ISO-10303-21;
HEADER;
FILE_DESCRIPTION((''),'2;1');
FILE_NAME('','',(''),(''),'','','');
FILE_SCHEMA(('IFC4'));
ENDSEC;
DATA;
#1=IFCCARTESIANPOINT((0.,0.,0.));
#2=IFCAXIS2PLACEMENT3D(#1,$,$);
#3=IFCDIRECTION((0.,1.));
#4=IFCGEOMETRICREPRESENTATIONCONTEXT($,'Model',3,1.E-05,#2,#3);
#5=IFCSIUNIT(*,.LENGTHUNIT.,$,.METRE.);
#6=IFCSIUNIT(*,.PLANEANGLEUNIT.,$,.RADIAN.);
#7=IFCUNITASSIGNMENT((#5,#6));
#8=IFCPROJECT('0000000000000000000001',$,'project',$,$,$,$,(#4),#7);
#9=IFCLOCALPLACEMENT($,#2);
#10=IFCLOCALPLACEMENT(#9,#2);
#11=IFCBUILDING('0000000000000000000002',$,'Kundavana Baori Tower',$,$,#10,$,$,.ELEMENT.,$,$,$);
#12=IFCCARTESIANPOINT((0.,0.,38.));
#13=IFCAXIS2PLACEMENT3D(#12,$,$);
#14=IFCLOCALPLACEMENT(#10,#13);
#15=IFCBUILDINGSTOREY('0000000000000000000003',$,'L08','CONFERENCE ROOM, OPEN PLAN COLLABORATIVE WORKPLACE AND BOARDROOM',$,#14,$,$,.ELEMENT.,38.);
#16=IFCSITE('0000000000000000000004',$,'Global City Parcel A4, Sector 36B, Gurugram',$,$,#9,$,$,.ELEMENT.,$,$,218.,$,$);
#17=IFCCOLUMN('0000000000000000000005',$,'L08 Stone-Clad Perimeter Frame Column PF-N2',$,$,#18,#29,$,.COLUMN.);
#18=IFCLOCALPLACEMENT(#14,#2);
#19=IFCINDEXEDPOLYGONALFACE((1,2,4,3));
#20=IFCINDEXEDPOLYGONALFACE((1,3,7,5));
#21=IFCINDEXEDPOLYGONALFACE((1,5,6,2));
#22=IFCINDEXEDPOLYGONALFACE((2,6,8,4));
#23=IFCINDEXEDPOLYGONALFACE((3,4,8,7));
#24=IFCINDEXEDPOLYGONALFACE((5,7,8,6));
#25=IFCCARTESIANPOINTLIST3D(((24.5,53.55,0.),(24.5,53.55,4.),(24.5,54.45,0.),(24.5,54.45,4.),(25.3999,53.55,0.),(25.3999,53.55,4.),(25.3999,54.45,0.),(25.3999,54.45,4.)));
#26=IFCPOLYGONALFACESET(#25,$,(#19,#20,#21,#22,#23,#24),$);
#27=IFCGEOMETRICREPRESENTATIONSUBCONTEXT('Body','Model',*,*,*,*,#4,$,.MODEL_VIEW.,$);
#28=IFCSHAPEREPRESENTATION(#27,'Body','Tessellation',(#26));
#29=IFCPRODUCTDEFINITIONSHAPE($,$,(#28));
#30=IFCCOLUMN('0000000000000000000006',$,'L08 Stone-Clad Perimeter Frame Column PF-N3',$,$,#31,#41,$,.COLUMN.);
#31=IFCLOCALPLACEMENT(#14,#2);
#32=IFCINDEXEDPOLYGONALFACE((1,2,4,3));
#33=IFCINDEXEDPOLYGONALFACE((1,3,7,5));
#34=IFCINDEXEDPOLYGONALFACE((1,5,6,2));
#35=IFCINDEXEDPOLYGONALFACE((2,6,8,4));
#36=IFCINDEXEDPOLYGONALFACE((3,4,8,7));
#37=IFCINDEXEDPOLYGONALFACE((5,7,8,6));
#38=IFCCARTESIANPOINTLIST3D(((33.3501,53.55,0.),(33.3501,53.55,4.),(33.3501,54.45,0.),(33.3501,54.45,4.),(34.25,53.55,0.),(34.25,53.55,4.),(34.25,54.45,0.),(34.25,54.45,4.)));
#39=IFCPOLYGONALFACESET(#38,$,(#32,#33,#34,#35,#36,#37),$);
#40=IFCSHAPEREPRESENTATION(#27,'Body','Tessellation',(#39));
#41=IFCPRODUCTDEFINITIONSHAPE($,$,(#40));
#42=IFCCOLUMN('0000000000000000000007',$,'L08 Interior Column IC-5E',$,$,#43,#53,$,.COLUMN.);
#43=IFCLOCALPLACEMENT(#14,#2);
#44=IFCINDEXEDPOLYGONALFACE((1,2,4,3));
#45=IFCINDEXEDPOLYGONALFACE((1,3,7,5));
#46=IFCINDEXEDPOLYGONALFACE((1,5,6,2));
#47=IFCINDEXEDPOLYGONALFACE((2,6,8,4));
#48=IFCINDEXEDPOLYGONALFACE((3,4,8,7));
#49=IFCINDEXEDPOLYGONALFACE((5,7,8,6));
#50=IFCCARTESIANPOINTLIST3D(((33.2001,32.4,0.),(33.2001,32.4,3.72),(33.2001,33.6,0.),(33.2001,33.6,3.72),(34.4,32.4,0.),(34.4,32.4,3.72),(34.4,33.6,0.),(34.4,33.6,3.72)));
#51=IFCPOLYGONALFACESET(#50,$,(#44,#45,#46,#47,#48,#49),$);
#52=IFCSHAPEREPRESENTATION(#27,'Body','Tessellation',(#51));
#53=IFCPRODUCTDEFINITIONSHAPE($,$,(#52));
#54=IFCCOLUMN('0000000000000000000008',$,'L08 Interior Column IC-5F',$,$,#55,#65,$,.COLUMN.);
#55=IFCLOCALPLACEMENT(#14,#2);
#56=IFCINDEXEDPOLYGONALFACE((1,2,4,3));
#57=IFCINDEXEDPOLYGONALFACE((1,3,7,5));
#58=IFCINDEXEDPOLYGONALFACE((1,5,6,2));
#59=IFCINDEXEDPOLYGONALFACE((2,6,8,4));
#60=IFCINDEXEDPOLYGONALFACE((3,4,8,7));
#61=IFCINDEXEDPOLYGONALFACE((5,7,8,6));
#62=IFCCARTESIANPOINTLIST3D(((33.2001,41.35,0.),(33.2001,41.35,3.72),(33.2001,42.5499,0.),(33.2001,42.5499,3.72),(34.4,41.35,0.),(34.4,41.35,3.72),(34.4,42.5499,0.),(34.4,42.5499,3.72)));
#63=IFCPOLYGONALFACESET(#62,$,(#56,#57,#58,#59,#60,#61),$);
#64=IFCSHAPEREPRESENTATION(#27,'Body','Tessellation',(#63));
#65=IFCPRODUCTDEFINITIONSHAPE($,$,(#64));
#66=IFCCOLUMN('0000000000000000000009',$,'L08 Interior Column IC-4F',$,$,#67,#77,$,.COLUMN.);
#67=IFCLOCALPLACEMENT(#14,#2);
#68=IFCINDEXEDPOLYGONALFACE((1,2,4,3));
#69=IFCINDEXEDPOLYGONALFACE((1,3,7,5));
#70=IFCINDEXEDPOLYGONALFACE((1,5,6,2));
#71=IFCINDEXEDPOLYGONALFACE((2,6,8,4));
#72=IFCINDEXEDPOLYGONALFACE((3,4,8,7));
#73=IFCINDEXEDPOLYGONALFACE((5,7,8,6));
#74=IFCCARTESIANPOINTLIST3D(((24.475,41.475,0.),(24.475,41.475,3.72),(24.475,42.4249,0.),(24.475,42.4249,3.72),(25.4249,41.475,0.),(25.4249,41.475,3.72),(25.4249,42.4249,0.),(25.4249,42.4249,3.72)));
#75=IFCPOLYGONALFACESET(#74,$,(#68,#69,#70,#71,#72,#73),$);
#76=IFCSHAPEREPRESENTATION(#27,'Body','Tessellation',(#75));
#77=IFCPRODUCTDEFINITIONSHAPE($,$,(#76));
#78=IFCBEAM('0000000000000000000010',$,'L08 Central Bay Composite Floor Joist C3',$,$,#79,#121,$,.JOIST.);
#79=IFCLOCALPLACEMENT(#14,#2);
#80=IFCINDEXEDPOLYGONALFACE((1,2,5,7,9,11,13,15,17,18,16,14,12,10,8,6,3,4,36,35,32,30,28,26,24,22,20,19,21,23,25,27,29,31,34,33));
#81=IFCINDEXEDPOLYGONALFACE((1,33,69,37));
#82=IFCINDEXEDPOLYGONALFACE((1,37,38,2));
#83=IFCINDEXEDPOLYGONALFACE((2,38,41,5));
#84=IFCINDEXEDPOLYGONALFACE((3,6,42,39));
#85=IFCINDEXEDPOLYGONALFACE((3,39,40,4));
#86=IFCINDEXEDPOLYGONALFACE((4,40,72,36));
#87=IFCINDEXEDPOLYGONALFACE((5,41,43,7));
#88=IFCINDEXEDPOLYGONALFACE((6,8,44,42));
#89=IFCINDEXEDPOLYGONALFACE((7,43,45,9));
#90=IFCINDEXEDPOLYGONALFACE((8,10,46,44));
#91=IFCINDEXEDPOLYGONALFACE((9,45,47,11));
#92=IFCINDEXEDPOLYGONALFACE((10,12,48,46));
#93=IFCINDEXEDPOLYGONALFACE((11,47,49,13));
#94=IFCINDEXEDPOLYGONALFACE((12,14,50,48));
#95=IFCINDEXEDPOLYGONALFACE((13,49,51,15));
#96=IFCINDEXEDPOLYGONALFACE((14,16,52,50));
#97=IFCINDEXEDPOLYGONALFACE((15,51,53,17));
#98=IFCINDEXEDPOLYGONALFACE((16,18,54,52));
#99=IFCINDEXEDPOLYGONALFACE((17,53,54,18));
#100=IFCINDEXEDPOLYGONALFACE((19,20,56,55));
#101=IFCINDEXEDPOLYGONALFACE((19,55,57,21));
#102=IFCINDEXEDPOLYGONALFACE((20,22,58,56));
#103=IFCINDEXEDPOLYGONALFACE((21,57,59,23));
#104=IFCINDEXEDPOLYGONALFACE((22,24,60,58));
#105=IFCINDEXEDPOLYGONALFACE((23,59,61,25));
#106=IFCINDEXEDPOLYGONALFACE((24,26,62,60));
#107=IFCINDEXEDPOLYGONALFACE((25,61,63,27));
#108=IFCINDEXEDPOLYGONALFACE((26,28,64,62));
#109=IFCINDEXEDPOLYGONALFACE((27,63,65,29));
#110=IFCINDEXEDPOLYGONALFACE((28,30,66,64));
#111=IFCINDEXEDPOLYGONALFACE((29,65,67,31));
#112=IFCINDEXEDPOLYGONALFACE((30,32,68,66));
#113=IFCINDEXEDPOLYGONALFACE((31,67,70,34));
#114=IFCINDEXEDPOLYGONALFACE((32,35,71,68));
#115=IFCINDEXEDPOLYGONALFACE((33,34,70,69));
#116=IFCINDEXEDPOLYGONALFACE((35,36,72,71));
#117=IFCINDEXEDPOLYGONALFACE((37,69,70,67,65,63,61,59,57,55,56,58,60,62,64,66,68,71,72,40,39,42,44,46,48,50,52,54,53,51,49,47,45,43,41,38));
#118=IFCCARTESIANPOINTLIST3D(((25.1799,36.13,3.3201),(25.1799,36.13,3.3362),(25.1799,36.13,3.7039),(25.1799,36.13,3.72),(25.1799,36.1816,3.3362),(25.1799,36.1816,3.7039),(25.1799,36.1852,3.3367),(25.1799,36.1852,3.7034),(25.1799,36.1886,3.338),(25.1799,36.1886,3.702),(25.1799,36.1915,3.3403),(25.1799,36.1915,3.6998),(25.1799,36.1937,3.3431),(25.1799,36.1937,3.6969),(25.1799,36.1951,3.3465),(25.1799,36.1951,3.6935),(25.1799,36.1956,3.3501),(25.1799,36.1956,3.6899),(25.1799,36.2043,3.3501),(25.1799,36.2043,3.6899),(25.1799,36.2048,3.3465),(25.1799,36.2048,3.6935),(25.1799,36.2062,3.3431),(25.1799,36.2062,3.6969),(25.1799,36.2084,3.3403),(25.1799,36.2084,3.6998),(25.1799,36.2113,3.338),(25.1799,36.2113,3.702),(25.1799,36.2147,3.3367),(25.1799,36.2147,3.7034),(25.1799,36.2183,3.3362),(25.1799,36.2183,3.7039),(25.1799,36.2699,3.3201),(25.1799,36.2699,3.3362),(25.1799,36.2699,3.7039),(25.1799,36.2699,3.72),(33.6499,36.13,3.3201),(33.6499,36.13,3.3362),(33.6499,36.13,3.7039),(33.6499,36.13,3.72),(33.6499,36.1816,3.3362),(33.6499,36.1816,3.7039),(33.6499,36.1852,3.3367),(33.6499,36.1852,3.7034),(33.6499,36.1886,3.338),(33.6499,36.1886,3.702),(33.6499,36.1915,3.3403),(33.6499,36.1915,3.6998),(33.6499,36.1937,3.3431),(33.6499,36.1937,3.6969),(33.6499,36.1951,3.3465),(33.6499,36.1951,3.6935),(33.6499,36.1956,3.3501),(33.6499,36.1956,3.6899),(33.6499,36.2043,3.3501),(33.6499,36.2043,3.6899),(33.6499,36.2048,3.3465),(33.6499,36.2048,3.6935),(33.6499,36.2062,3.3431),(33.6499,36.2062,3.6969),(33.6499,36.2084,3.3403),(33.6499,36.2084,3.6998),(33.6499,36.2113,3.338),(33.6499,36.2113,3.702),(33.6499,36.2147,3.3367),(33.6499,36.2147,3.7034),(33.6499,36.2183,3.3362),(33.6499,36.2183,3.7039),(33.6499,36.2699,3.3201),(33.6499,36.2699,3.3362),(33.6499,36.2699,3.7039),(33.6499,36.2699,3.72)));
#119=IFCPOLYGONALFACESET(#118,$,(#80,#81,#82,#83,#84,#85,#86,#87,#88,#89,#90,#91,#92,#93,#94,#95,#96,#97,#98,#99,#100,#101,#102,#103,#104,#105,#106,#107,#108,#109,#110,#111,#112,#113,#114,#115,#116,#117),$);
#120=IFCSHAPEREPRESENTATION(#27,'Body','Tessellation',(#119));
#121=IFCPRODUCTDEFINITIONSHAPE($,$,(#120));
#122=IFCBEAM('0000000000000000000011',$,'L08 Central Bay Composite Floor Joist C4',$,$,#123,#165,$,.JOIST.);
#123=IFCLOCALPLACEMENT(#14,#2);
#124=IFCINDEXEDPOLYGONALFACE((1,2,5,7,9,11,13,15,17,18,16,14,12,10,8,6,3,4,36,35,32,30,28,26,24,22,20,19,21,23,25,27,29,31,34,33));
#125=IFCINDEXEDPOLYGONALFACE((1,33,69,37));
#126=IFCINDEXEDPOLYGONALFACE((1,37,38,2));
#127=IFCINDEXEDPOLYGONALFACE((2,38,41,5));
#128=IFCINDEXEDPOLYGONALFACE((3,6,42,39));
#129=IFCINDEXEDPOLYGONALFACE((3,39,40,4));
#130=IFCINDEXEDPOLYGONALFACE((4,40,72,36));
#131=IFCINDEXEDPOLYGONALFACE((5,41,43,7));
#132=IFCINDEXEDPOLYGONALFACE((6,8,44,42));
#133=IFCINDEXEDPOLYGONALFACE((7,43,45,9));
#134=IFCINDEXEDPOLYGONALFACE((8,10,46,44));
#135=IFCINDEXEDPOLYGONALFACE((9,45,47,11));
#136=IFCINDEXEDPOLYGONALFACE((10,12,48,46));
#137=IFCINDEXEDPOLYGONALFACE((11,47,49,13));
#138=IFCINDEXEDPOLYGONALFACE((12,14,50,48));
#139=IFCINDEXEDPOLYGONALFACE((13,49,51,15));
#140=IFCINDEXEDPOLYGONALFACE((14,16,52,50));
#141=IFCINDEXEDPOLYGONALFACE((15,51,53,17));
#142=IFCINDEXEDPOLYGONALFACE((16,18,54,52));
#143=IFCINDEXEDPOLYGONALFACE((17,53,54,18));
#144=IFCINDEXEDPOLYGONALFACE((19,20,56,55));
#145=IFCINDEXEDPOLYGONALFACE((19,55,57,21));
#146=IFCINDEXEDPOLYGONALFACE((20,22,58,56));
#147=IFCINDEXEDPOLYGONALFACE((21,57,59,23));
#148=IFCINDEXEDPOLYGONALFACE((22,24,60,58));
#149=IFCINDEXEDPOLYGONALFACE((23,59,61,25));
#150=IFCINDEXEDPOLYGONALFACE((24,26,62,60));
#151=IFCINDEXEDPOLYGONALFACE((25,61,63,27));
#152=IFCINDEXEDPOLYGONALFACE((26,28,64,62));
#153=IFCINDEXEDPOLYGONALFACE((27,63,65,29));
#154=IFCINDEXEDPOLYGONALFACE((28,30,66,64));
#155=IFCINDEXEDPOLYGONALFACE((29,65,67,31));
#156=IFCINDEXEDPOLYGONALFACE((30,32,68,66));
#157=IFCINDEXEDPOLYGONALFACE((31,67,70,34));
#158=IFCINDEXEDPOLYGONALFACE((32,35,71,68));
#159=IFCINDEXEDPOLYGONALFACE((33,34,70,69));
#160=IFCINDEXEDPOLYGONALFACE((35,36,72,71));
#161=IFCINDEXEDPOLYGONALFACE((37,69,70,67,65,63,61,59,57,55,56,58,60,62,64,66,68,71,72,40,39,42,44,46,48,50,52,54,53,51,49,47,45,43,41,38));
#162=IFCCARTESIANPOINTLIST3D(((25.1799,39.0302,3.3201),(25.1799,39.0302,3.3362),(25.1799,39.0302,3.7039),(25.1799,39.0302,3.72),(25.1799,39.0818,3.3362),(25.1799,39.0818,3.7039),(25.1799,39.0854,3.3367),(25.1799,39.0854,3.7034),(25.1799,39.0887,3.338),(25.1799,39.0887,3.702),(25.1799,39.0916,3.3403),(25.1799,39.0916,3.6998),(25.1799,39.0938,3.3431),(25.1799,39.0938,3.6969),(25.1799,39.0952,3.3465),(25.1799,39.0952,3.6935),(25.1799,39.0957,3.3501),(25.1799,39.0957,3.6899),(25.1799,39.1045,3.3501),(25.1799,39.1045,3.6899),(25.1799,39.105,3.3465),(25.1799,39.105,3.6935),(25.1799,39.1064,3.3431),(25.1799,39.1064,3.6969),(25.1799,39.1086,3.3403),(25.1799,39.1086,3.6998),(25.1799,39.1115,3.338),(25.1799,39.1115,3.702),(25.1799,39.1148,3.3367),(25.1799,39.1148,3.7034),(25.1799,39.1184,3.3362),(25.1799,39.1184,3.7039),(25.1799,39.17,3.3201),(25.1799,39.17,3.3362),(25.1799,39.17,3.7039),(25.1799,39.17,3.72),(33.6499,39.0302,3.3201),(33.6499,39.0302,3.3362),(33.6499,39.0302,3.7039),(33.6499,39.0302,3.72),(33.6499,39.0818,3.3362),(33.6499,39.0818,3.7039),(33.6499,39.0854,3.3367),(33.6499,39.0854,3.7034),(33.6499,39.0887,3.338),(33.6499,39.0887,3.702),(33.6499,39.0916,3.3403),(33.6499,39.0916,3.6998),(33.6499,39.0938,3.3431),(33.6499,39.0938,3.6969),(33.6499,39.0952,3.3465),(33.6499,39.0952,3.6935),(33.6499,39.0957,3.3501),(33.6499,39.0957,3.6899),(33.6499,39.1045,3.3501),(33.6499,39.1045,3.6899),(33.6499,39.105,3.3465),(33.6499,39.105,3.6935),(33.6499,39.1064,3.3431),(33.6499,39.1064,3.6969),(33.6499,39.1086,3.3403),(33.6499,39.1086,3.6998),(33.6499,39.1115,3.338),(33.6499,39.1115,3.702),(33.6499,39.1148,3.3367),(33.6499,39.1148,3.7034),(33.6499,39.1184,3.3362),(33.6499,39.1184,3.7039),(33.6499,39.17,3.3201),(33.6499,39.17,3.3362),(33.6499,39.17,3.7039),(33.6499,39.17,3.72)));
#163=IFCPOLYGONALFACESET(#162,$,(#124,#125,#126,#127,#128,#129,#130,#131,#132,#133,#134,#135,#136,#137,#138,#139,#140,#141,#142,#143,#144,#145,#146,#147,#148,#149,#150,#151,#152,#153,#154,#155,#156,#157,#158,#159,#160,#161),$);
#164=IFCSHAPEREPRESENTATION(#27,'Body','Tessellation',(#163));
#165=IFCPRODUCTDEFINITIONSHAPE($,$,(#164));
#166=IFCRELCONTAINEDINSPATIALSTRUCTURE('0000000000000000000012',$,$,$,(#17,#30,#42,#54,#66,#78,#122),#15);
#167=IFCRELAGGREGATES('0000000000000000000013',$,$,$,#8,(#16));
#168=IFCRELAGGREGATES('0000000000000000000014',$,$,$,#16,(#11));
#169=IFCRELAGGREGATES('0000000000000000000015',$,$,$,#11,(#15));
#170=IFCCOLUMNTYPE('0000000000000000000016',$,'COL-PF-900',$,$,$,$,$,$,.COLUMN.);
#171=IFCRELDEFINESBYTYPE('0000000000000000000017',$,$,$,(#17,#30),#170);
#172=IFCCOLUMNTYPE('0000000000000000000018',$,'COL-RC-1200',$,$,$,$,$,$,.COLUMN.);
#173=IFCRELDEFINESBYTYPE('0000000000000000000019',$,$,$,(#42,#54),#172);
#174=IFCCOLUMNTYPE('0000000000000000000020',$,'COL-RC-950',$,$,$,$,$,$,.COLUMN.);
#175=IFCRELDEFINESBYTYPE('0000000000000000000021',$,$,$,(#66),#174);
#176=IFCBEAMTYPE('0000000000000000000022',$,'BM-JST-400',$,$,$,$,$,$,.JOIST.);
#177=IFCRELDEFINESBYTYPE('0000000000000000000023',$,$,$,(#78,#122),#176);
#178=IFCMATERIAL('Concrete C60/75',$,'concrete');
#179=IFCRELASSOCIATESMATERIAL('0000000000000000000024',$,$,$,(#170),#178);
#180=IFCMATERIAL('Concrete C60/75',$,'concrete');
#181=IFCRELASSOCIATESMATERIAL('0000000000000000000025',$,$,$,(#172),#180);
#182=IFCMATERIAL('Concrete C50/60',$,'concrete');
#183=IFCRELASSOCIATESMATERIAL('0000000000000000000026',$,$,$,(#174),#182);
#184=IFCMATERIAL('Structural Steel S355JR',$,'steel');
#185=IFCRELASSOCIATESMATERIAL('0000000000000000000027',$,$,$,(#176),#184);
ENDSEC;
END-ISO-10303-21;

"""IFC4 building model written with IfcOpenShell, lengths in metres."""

from ifc_helpers import new_model, si_unit, direction, frame, origin, origin_2d, place, context, subcontext, project, spatial, rectangle, i_section, extrude, material, material_profile, profile_set, type_object, element, save


model = new_model("IFC4")

# Units and contexts
model_context = context("Model", 3, precision=1e-05, world=origin(), true_north=direction((0.0, 1.0)))
body_context = subcontext(model_context, "Body", "Model", "MODEL_VIEW")
ifc_project = project(units=[si_unit("LENGTHUNIT", "METRE"), si_unit("PLANEANGLEUNIT", "RADIAN")], contexts=[model_context])

# Site, building, storey
site_placement = place(None, origin())
site = spatial("IfcSite", under=ifc_project, at=site_placement, Name="Global City Parcel A4, Sector 36B, Gurugram", CompositionType="ELEMENT", RefElevation=218.0)
building_placement = place(site_placement, origin())
building = spatial("IfcBuilding", under=site, at=building_placement, Name="Kundavana Baori Tower", CompositionType="ELEMENT")
storey_placement = place(building_placement, frame((0.0, 0.0, 38.0)))
storey = spatial("IfcBuildingStorey", under=building, at=storey_placement, Name="L08", Description="CONFERENCE ROOM, OPEN PLAN COLLABORATIVE WORKPLACE AND BOARDROOM", CompositionType="ELEMENT", Elevation=38.0)

# Columns
ifc_material_1 = material(Name="Concrete C60/75", Category="concrete")
ifc_material_profile_1 = material_profile(ifc_material_1, rectangle(XDim=0.8999, YDim=0.8999, at=origin_2d()), Name="RC PF 900x900")
ifc_profile_set_1 = profile_set([ifc_material_profile_1], Name="Concrete C60/75")
column_type_1 = type_object("IfcColumnType", Name="COL-PF-900", PredefinedType="COLUMN", material=ifc_profile_set_1)
for number, where, z_axis, x_axis, name in (
    (1, (24.95, 54.0, 0.0), (0.0, 0.0, 1.0), (1.0, 0.0, 0.0), "L08 Stone-Clad Perimeter Frame Column PF-N2"),
    (2, (33.8, 54.0, 0.0), (0.0, 0.0, 1.0), (1.0, 0.0, 0.0), "L08 Stone-Clad Perimeter Frame Column PF-N3"),
):
    element("IfcColumn", number, at=place(storey_placement, frame(where, z_axis=z_axis, x_axis=x_axis)), inside=storey, type_object=column_type_1, Name=name, PredefinedType="COLUMN", context=body_context, shape_type="SweptSolid", body=[
        extrude(rectangle(XDim=0.8999, YDim=0.8999, at=origin_2d()), origin(), (0.0, 0.0, 1.0), 4.0),
    ])
ifc_material_2 = material(Name="Concrete C60/75", Category="concrete")
ifc_material_profile_2 = material_profile(ifc_material_2, rectangle(XDim=1.2, YDim=1.2, at=origin_2d()), Name="RC 1200x1200")
ifc_profile_set_2 = profile_set([ifc_material_profile_2], Name="Concrete C60/75")
column_type_2 = type_object("IfcColumnType", Name="COL-RC-1200", PredefinedType="COLUMN", material=ifc_profile_set_2)
for number, where, z_axis, x_axis, name in (
    (3, (33.8, 33.0, 0.0), (0.0, 0.0, 1.0), (1.0, 0.0, 0.0), "L08 Interior Column IC-5E"),
    (4, (33.8, 41.95, 0.0), (0.0, 0.0, 1.0), (1.0, 0.0, 0.0), "L08 Interior Column IC-5F"),
):
    element("IfcColumn", number, at=place(storey_placement, frame(where, z_axis=z_axis, x_axis=x_axis)), inside=storey, type_object=column_type_2, Name=name, PredefinedType="COLUMN", context=body_context, shape_type="SweptSolid", body=[
        extrude(rectangle(XDim=1.2, YDim=1.2, at=origin_2d()), origin(), (0.0, 0.0, 1.0), 3.72),
    ])
ifc_material_3 = material(Name="Concrete C50/60", Category="concrete")
ifc_material_profile_3 = material_profile(ifc_material_3, rectangle(XDim=0.95, YDim=0.95, at=origin_2d()), Name="RC 950x950")
ifc_profile_set_3 = profile_set([ifc_material_profile_3], Name="Concrete C50/60")
column_type_3 = type_object("IfcColumnType", Name="COL-RC-950", PredefinedType="COLUMN", material=ifc_profile_set_3)
column_placement = place(storey_placement, frame((24.95, 41.95, 0.0), z_axis=(0.0, 0.0, 1.0), x_axis=(1.0, 0.0, 0.0)))
element("IfcColumn", 5, at=column_placement, inside=storey, type_object=column_type_3, Name="L08 Interior Column IC-4F", PredefinedType="COLUMN", context=body_context, shape_type="SweptSolid", body=[
    extrude(rectangle(XDim=0.95, YDim=0.95, at=origin_2d()), origin(), (0.0, 0.0, 1.0), 3.72),
])

# Beams
ifc_material_4 = material(Name="Structural Steel S355JR", Category="steel")
ifc_material_profile_4 = material_profile(ifc_material_4, i_section(OverallWidth=0.1399, OverallDepth=0.3999, WebThickness=0.0088, FlangeThickness=0.0161, FilletRadius=0.0139, at=origin_2d()), Name="ISMB 400")
ifc_profile_set_4 = profile_set([ifc_material_profile_4], Name="Structural Steel S355JR")
beam_type_1 = type_object("IfcBeamType", Name="BM-JST-400", PredefinedType="JOIST", material=ifc_profile_set_4)
for number, where, z_axis, x_axis, name in (
    (6, (25.1799, 36.2, 3.52), (1.0, 0.0, 0.0), (0.0, 1.0, 0.0), "L08 Central Bay Composite Floor Joist C3"),
    (7, (25.1799, 39.1001, 3.52), (1.0, 0.0, 0.0), (0.0, 1.0, 0.0), "L08 Central Bay Composite Floor Joist C4"),
):
    element("IfcBeam", number, at=place(storey_placement, frame(where, z_axis=z_axis, x_axis=x_axis)), inside=storey, type_object=beam_type_1, Name=name, PredefinedType="JOIST", context=body_context, shape_type="SweptSolid", body=[
        extrude(i_section(OverallWidth=0.1399, OverallDepth=0.3999, WebThickness=0.0088, FlangeThickness=0.0161, FilletRadius=0.0139, at=origin_2d()), origin(), (0.0, 0.0, 1.0), 8.47),
    ])

save(model, "model.ifc")
